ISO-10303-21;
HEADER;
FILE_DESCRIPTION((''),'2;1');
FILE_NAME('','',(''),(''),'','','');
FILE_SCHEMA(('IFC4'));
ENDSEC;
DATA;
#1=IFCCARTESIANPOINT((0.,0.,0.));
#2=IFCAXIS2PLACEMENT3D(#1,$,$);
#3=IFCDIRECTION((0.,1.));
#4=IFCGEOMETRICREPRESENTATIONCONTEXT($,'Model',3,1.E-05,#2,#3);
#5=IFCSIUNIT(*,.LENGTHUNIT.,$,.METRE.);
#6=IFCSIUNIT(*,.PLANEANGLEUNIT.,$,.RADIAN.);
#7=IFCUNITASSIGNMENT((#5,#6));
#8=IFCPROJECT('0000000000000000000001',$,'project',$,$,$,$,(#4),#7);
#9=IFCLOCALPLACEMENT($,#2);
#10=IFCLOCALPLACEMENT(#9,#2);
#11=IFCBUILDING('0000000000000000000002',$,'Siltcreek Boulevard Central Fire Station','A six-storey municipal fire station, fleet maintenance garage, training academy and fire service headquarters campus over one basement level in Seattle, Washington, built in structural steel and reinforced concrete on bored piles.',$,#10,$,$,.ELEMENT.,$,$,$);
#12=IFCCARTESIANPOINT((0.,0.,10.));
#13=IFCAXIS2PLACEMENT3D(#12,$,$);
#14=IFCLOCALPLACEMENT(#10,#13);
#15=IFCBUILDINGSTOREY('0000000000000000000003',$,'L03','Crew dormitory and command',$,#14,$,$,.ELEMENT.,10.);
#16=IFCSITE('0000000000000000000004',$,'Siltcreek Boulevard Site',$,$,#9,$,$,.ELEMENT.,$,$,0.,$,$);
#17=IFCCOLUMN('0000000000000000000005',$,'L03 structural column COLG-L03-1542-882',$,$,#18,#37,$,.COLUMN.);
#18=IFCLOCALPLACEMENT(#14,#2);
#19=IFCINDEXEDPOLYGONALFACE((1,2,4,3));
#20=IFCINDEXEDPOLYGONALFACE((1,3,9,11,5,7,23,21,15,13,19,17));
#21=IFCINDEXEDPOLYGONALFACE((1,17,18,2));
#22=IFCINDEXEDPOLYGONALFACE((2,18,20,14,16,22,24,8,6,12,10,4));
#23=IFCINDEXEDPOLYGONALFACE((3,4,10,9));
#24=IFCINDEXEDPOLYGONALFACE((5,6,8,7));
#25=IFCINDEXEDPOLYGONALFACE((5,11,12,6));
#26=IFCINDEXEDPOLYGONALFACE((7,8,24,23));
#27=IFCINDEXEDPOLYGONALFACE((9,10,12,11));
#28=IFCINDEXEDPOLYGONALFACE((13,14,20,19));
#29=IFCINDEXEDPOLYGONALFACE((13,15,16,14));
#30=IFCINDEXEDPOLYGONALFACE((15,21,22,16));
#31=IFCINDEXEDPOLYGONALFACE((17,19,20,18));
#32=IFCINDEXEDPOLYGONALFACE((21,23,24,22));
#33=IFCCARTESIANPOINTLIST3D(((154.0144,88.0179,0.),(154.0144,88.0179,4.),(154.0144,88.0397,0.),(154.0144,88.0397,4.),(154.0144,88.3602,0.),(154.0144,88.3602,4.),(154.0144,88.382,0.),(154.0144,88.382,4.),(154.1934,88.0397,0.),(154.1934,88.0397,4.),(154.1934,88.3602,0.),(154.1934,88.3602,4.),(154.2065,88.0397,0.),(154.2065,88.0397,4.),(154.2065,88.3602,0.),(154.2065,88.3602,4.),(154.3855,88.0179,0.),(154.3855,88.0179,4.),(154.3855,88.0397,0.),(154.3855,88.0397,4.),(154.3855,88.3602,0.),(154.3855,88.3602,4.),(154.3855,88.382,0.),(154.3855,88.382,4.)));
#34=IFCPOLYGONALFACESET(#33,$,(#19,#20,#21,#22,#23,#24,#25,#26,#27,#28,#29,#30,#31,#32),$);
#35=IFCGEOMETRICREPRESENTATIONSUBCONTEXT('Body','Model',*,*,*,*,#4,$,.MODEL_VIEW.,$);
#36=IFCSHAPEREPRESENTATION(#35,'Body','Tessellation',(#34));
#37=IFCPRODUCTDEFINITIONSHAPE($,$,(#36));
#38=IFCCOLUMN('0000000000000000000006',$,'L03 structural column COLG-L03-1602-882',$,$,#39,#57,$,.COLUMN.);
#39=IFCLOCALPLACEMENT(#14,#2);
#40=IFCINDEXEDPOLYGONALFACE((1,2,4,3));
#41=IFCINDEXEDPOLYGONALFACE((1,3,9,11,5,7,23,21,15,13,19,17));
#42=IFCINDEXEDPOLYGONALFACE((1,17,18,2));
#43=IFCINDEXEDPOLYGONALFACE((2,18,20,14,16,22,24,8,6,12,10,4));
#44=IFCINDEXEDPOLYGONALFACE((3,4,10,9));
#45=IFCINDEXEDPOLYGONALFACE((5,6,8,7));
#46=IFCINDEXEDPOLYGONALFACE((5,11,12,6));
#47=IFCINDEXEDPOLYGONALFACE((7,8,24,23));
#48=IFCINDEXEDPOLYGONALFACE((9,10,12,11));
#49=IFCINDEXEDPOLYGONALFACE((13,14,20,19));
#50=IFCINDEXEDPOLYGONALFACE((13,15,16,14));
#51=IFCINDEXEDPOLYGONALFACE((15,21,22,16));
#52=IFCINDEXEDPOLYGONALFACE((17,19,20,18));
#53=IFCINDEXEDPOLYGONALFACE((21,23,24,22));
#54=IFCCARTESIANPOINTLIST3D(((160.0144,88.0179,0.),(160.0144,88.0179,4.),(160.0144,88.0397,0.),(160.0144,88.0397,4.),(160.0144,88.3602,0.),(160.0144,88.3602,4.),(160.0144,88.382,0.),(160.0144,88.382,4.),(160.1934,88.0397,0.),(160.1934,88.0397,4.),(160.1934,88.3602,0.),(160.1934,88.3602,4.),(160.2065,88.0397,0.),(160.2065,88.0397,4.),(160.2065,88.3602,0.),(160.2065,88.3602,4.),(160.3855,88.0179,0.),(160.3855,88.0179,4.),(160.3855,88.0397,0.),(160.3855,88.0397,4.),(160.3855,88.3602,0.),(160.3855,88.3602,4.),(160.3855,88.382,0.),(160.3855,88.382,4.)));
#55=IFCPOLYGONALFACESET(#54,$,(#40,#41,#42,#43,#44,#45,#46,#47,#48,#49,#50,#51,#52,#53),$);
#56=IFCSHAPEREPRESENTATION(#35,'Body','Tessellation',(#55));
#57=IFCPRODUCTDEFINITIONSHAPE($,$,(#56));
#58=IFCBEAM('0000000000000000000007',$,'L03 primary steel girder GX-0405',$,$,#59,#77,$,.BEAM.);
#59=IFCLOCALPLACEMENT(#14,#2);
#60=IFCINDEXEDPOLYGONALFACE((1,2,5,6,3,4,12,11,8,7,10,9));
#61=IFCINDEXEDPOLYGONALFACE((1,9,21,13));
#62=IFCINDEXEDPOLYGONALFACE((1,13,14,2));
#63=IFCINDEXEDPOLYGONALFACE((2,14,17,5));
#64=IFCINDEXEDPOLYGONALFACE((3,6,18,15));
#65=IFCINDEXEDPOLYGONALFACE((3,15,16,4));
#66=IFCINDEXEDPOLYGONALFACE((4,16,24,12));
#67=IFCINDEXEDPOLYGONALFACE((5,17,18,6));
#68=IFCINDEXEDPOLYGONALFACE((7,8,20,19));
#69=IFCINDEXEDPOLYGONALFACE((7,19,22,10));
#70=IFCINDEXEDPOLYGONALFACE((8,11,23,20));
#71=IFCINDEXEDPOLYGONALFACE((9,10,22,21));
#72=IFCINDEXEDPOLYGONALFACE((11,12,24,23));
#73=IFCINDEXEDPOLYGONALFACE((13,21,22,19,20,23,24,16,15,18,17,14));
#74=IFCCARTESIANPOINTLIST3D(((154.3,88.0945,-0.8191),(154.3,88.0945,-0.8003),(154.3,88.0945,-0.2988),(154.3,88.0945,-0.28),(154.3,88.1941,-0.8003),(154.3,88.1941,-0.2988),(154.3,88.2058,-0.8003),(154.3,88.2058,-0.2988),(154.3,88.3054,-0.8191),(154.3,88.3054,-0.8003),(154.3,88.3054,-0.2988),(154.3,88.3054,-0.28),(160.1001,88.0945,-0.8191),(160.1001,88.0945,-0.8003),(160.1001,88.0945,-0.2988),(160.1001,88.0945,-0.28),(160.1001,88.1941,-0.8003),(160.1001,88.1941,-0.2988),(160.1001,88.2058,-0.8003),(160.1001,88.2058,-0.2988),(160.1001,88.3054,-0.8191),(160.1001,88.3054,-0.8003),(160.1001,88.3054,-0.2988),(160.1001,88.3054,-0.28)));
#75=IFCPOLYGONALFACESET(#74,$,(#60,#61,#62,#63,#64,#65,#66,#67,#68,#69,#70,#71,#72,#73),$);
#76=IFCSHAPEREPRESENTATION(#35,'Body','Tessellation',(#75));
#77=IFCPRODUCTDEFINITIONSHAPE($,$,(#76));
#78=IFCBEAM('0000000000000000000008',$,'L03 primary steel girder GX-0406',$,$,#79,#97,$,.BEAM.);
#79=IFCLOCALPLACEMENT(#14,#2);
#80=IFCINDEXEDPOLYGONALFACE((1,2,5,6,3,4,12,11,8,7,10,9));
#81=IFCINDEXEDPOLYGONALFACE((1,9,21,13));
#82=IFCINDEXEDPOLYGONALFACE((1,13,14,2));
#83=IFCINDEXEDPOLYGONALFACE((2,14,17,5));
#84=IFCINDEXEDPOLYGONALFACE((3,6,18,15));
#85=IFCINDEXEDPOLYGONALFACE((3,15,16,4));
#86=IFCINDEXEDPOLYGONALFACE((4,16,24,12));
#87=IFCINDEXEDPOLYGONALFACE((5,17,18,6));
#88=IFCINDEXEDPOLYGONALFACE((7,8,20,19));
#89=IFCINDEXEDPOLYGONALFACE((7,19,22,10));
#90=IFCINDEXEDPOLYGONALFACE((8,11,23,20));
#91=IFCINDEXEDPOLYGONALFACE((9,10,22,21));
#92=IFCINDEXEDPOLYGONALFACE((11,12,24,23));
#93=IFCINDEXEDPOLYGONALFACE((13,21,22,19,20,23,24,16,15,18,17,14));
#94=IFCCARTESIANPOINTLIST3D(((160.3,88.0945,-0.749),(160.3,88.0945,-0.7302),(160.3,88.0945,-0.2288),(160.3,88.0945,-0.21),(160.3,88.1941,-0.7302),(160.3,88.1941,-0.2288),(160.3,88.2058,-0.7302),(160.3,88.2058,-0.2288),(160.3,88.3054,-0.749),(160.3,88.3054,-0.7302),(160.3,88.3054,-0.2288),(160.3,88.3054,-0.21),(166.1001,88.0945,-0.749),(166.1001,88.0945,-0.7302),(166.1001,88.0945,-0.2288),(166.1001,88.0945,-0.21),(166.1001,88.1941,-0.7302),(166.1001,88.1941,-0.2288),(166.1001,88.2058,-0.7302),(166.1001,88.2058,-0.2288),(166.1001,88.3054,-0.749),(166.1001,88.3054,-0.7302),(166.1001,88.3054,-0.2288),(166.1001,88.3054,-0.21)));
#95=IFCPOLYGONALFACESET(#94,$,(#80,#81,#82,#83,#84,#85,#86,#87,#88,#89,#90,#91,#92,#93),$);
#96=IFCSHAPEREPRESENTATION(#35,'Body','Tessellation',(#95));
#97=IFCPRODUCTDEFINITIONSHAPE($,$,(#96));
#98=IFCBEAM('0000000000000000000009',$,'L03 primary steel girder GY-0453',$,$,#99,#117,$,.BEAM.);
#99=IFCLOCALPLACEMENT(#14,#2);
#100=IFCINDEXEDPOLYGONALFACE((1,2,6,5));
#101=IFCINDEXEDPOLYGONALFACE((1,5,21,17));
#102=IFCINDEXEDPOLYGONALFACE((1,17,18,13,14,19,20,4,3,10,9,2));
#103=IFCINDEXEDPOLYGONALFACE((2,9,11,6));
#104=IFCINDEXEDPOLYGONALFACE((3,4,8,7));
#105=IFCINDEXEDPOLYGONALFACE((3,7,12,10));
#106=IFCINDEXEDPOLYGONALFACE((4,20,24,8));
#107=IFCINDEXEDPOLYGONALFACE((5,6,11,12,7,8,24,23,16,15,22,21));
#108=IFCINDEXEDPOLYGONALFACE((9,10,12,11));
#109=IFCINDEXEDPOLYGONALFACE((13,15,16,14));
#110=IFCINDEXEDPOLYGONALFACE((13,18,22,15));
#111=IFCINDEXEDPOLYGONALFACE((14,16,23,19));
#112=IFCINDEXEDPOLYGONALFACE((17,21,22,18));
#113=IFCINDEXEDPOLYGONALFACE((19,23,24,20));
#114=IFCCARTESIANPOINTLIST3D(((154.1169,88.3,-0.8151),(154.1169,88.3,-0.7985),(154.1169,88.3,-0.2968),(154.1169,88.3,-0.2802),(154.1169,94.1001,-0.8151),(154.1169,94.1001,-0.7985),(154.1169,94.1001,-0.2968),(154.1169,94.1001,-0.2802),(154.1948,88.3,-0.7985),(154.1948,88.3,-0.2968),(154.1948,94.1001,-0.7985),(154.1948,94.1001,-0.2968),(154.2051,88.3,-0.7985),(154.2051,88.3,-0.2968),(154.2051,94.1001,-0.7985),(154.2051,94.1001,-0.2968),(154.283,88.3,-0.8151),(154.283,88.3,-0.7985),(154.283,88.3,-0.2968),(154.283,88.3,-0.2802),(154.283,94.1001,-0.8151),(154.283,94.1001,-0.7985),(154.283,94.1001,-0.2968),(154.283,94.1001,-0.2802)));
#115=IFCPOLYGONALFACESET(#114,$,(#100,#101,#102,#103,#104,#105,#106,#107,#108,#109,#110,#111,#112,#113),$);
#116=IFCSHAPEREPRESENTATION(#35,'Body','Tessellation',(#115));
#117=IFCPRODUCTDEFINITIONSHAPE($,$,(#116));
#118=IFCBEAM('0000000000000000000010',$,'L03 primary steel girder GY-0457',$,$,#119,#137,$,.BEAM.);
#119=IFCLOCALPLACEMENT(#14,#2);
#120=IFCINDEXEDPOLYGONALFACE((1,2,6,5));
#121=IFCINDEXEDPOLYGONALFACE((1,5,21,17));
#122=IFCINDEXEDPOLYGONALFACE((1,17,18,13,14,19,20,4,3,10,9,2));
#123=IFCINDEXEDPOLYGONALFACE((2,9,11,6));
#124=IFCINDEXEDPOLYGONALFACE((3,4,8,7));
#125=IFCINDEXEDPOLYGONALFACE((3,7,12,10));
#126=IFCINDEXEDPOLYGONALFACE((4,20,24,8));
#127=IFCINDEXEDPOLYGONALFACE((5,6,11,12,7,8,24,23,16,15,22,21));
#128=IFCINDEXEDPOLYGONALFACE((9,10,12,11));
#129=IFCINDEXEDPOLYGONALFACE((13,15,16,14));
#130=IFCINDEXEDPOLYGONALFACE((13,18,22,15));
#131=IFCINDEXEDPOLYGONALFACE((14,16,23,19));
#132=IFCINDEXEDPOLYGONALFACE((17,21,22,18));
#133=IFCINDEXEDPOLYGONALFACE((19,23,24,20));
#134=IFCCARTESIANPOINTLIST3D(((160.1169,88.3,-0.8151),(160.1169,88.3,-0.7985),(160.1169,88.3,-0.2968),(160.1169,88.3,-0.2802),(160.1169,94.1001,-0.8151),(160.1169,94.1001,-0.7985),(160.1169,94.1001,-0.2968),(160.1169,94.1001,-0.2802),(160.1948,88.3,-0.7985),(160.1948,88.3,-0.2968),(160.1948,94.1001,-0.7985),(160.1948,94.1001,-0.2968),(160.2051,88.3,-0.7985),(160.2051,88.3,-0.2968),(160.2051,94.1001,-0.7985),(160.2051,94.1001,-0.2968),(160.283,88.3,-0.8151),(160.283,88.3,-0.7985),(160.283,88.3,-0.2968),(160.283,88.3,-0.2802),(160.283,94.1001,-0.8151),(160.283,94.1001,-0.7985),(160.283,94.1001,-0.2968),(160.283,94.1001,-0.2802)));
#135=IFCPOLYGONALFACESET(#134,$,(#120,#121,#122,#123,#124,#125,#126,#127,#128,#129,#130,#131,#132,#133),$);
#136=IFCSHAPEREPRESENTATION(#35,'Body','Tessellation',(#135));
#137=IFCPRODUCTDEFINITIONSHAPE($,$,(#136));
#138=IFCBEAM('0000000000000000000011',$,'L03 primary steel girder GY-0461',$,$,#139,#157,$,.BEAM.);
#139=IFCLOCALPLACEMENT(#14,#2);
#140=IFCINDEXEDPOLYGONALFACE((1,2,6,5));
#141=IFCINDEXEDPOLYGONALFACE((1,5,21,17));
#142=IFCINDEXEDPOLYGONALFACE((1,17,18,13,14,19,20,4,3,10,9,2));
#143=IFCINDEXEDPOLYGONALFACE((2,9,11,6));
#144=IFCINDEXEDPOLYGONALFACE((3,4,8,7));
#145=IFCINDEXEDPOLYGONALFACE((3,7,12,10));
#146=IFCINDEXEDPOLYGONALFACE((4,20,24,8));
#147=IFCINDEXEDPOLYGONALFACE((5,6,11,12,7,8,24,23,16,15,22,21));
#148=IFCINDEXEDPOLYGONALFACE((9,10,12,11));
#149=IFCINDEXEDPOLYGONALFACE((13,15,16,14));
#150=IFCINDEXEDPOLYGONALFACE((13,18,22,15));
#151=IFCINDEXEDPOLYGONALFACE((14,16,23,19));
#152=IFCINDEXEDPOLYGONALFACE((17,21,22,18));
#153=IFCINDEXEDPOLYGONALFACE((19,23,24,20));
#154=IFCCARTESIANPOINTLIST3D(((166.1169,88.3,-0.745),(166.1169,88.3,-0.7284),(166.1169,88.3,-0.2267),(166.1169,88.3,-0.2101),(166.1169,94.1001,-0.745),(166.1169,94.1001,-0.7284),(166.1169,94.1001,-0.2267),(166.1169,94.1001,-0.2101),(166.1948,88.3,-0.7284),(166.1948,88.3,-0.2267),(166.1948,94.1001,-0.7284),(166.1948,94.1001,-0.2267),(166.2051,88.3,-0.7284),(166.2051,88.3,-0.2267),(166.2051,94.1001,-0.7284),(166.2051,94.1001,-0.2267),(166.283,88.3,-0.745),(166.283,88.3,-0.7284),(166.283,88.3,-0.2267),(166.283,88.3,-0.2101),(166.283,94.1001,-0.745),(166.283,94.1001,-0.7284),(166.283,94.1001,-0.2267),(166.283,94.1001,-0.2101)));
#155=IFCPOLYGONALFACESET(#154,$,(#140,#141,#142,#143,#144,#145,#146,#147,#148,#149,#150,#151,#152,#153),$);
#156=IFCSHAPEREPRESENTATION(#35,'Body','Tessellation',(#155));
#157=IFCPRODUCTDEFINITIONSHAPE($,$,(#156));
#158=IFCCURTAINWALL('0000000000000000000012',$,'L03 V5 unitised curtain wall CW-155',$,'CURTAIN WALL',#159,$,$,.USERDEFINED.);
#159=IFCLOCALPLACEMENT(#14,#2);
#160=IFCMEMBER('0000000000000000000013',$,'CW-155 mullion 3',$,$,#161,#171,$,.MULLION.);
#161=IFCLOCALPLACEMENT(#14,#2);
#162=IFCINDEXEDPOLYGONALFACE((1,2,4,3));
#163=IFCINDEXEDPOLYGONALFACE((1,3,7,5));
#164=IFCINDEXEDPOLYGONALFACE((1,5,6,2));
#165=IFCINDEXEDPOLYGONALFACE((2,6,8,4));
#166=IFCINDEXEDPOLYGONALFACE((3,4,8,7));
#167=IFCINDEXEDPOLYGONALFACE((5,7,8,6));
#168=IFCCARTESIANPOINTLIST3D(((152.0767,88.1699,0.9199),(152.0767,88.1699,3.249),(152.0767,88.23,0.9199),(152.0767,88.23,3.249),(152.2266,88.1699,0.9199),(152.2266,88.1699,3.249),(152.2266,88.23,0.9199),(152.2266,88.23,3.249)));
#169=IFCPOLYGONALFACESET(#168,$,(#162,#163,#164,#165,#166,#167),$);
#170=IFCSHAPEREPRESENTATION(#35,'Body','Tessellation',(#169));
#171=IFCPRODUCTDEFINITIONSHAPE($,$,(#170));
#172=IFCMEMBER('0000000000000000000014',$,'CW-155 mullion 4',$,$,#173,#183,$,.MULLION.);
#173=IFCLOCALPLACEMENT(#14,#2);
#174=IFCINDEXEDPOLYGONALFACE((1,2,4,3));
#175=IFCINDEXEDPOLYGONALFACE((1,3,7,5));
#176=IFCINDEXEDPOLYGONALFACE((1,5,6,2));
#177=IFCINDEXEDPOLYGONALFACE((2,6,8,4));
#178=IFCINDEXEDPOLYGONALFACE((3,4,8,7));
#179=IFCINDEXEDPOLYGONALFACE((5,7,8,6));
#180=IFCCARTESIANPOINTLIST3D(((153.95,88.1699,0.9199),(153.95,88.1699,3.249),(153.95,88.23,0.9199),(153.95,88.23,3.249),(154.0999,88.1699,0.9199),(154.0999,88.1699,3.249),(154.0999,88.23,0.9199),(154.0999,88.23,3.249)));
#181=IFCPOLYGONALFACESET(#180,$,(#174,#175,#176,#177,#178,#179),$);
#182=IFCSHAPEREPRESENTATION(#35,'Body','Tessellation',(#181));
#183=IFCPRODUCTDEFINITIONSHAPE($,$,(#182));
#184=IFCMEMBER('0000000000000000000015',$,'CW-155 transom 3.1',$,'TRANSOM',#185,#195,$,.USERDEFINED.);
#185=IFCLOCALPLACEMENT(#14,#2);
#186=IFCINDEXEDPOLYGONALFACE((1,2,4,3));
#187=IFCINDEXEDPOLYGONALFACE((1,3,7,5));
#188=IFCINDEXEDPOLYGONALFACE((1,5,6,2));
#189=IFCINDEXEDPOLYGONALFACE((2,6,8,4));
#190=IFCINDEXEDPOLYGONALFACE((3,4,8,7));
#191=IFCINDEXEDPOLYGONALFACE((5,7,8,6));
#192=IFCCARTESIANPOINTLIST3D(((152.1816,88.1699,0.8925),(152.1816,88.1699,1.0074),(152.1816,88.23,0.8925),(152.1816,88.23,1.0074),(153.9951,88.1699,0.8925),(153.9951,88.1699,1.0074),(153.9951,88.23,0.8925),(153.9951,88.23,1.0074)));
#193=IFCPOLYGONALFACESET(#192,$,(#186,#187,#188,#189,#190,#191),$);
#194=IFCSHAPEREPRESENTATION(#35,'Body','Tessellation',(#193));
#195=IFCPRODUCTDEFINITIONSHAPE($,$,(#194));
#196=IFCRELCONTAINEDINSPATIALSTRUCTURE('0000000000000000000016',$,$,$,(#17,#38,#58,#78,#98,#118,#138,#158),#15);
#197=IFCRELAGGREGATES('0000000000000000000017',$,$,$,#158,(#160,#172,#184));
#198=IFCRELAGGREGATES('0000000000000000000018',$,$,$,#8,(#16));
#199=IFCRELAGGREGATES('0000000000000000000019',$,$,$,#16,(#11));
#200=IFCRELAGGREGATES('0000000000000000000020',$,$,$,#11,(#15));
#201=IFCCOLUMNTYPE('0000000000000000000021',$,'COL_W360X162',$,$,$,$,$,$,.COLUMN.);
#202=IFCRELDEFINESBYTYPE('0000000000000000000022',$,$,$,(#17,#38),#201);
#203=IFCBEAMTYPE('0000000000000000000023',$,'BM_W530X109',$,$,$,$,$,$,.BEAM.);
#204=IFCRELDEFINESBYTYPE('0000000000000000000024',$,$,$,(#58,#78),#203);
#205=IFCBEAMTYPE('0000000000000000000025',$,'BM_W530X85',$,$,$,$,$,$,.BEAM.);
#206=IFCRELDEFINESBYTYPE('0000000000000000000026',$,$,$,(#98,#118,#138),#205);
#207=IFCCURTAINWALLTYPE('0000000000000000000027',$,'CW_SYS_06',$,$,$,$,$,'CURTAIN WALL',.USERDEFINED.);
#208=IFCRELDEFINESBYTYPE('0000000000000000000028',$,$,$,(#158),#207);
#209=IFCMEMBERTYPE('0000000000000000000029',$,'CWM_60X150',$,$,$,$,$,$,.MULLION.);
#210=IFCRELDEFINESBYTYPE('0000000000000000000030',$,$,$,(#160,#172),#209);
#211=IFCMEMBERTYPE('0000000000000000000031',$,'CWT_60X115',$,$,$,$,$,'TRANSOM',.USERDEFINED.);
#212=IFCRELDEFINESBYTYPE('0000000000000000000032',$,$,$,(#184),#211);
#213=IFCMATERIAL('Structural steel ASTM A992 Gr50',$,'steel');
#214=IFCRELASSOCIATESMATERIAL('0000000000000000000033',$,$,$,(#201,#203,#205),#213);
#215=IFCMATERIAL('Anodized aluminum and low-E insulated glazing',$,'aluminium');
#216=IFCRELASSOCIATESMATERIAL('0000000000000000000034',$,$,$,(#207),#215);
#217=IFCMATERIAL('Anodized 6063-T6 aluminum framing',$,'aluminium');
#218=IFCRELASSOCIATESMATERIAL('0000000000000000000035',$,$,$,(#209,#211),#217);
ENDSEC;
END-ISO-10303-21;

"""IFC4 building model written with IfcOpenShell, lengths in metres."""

from ifc_helpers import new_model, si_unit, direction, frame, origin, origin_2d, place, context, subcontext, project, spatial, rectangle, i_section, extrude, material, material_profile, profile_set, type_object, element, aggregate, save


model = new_model("IFC4")

# Units and contexts
model_context = context("Model", 3, precision=1e-05, world=origin(), true_north=direction((0.0, 1.0)))
body_context = subcontext(model_context, "Body", "Model", "MODEL_VIEW")
ifc_project = project(units=[si_unit("LENGTHUNIT", "METRE"), si_unit("PLANEANGLEUNIT", "RADIAN")], contexts=[model_context])

# Site, building, storey
site_placement = place(None, origin())
site = spatial("IfcSite", under=ifc_project, at=site_placement, Name="Siltcreek Boulevard Site", CompositionType="ELEMENT", RefElevation=0.0)
building_placement = place(site_placement, origin())
building = spatial("IfcBuilding", under=site, at=building_placement, Name="Siltcreek Boulevard Central Fire Station", Description="A six-storey municipal fire station, fleet maintenance garage, training academy and fire service headquarters campus over one basement level in Seattle, Washington, built in structural steel and reinforced concrete on bored piles.", CompositionType="ELEMENT")
storey_placement = place(building_placement, frame((0.0, 0.0, 10.0)))
storey = spatial("IfcBuildingStorey", under=building, at=storey_placement, Name="L03", Description="Crew dormitory and command", CompositionType="ELEMENT", Elevation=10.0)

# Columns
ifc_material_1 = material(Name="Structural steel ASTM A992 Gr50", Category="steel")
ifc_material_profile_1 = material_profile(ifc_material_1, i_section(OverallWidth=0.3711, OverallDepth=0.364, WebThickness=0.0132, FlangeThickness=0.0217, at=origin_2d()), Name="W360X162")
ifc_profile_set_1 = profile_set([ifc_material_profile_1], Name="Structural steel ASTM A992 Gr50")
column_type = type_object("IfcColumnType", Name="COL_W360X162", PredefinedType="COLUMN", material=ifc_profile_set_1)
for number, where, z_axis, x_axis, name in (
    (1, (154.2, 88.2, 0.0), (0.0, 0.0, 1.0), (1.0, 0.0, 0.0), "L03 structural column COLG-L03-1542-882"),
    (2, (160.2, 88.2, 0.0), (0.0, 0.0, 1.0), (1.0, 0.0, 0.0), "L03 structural column COLG-L03-1602-882"),
):
    element("IfcColumn", number, at=place(storey_placement, frame(where, z_axis=z_axis, x_axis=x_axis)), inside=storey, type_object=column_type, Name=name, PredefinedType="COLUMN", context=body_context, shape_type="SweptSolid", body=[
        extrude(i_section(OverallWidth=0.3711, OverallDepth=0.364, WebThickness=0.0132, FlangeThickness=0.0217, at=origin_2d()), origin(), (0.0, 0.0, 1.0), 4.0),
    ])

# Beams
ifc_material_profile_2 = material_profile(ifc_material_1, i_section(OverallWidth=0.2109, OverallDepth=0.5391, WebThickness=0.0117, FlangeThickness=0.0188, at=origin_2d()), Name="W530X109")
ifc_profile_set_2 = profile_set([ifc_material_profile_2], Name="Structural steel ASTM A992 Gr50")
beam_type_1 = type_object("IfcBeamType", Name="BM_W530X109", PredefinedType="BEAM", material=ifc_profile_set_2)
for number, where, z_axis, x_axis, name in (
    (3, (154.3, 88.2, -0.5496), (1.0, 0.0, 0.0), (0.0, 1.0, 0.0), "L03 primary steel girder GX-0405"),
    (4, (160.3, 88.2, -0.4795), (1.0, 0.0, 0.0), (0.0, 1.0, 0.0), "L03 primary steel girder GX-0406"),
):
    element("IfcBeam", number, at=place(storey_placement, frame(where, z_axis=z_axis, x_axis=x_axis)), inside=storey, type_object=beam_type_1, Name=name, PredefinedType="BEAM", context=body_context, shape_type="SweptSolid", body=[
        extrude(i_section(OverallWidth=0.2109, OverallDepth=0.5391, WebThickness=0.0117, FlangeThickness=0.0188, at=origin_2d()), origin(), (0.0, 0.0, 1.0), 5.8),
    ])
ifc_material_profile_3 = material_profile(ifc_material_1, i_section(OverallWidth=0.166, OverallDepth=0.5349, WebThickness=0.0103, FlangeThickness=0.0166, at=origin_2d()), Name="W530X85")
ifc_profile_set_3 = profile_set([ifc_material_profile_3], Name="Structural steel ASTM A992 Gr50")
beam_type_2 = type_object("IfcBeamType", Name="BM_W530X85", PredefinedType="BEAM", material=ifc_profile_set_3)
for number, where, z_axis, x_axis, name in (
    (5, (154.2, 88.3, -0.5476), (0.0, 1.0, 0.0), (-1.0, 0.0, 0.0), "L03 primary steel girder GY-0453"),
    (6, (160.2, 88.3, -0.5476), (0.0, 1.0, 0.0), (-1.0, 0.0, 0.0), "L03 primary steel girder GY-0457"),
    (7, (166.2, 88.3, -0.4775), (0.0, 1.0, 0.0), (-1.0, 0.0, 0.0), "L03 primary steel girder GY-0461"),
):
    element("IfcBeam", number, at=place(storey_placement, frame(where, z_axis=z_axis, x_axis=x_axis)), inside=storey, type_object=beam_type_2, Name=name, PredefinedType="BEAM", context=body_context, shape_type="SweptSolid", body=[
        extrude(i_section(OverallWidth=0.166, OverallDepth=0.5349, WebThickness=0.0103, FlangeThickness=0.0166, at=origin_2d()), origin(), (0.0, 0.0, 1.0), 5.8),
    ])

# Curtain wall, members
ifc_material_2 = material(Name="Anodized aluminum and low-E insulated glazing", Category="aluminium")
curtain_wall_type = type_object("IfcCurtainWallType", Name="CW_SYS_06", ElementType="CURTAIN WALL", PredefinedType="USERDEFINED", material=ifc_material_2)
curtain_wall_placement = place(storey_placement, origin())
curtain_wall = element("IfcCurtainWall", 8, at=curtain_wall_placement, inside=storey, type_object=curtain_wall_type, Name="L03 V5 unitised curtain wall CW-155", ObjectType="CURTAIN WALL", PredefinedType="USERDEFINED")
ifc_material_3 = material(Name="Anodized 6063-T6 aluminum framing", Category="aluminium")
ifc_material_profile_4 = material_profile(ifc_material_3, rectangle(XDim=0.0601, YDim=0.1499, at=origin_2d()), Name="MULL60X150")
ifc_profile_set_4 = profile_set([ifc_material_profile_4], Name="Anodized 6063-T6 aluminum framing")
member_type_1 = type_object("IfcMemberType", Name="CWM_60X150", PredefinedType="MULLION", material=ifc_profile_set_4)
member_1_placement = place(storey_placement, frame((152.1516, 88.2, 0.9199), z_axis=(0.0, 0.0, 1.0), x_axis=(0.0, 1.0, 0.0)))
member_1 = element("IfcMember", 9, at=member_1_placement, type_object=member_type_1, Name="CW-155 mullion 3", PredefinedType="MULLION", context=body_context, shape_type="SweptSolid", body=[
    extrude(rectangle(XDim=0.0601, YDim=0.1499, at=origin_2d()), origin(), (0.0, 0.0, 1.0), 2.3291),
])
member_2_placement = place(storey_placement, frame((154.0249, 88.2, 0.9199), z_axis=(0.0, 0.0, 1.0), x_axis=(0.0, 1.0, 0.0)))
member_2 = element("IfcMember", 10, at=member_2_placement, type_object=member_type_1, Name="CW-155 mullion 4", PredefinedType="MULLION", context=body_context, shape_type="SweptSolid", body=[
    extrude(rectangle(XDim=0.0601, YDim=0.1499, at=origin_2d()), origin(), (0.0, 0.0, 1.0), 2.3291),
])
ifc_material_profile_5 = material_profile(ifc_material_3, rectangle(XDim=0.0601, YDim=0.115, at=origin_2d()), Name="TRAN60X115")
ifc_profile_set_5 = profile_set([ifc_material_profile_5], Name="Anodized 6063-T6 aluminum framing")
member_type_2 = type_object("IfcMemberType", Name="CWT_60X115", ElementType="TRANSOM", PredefinedType="USERDEFINED", material=ifc_profile_set_5)
member_3_placement = place(storey_placement, frame((152.1816, 88.2, 0.95), z_axis=(1.0, 0.0, 0.0), x_axis=(0.0, 1.0, 0.0)))
member_3 = element("IfcMember", 11, at=member_3_placement, type_object=member_type_2, Name="CW-155 transom 3.1", ObjectType="TRANSOM", PredefinedType="USERDEFINED", context=body_context, shape_type="SweptSolid", body=[
    extrude(rectangle(XDim=0.0601, YDim=0.115, at=origin_2d()), origin(), (0.0, 0.0, 1.0), 1.8135),
])

aggregate(curtain_wall, [member_1, member_2, member_3])

save(model, "model.ifc")
